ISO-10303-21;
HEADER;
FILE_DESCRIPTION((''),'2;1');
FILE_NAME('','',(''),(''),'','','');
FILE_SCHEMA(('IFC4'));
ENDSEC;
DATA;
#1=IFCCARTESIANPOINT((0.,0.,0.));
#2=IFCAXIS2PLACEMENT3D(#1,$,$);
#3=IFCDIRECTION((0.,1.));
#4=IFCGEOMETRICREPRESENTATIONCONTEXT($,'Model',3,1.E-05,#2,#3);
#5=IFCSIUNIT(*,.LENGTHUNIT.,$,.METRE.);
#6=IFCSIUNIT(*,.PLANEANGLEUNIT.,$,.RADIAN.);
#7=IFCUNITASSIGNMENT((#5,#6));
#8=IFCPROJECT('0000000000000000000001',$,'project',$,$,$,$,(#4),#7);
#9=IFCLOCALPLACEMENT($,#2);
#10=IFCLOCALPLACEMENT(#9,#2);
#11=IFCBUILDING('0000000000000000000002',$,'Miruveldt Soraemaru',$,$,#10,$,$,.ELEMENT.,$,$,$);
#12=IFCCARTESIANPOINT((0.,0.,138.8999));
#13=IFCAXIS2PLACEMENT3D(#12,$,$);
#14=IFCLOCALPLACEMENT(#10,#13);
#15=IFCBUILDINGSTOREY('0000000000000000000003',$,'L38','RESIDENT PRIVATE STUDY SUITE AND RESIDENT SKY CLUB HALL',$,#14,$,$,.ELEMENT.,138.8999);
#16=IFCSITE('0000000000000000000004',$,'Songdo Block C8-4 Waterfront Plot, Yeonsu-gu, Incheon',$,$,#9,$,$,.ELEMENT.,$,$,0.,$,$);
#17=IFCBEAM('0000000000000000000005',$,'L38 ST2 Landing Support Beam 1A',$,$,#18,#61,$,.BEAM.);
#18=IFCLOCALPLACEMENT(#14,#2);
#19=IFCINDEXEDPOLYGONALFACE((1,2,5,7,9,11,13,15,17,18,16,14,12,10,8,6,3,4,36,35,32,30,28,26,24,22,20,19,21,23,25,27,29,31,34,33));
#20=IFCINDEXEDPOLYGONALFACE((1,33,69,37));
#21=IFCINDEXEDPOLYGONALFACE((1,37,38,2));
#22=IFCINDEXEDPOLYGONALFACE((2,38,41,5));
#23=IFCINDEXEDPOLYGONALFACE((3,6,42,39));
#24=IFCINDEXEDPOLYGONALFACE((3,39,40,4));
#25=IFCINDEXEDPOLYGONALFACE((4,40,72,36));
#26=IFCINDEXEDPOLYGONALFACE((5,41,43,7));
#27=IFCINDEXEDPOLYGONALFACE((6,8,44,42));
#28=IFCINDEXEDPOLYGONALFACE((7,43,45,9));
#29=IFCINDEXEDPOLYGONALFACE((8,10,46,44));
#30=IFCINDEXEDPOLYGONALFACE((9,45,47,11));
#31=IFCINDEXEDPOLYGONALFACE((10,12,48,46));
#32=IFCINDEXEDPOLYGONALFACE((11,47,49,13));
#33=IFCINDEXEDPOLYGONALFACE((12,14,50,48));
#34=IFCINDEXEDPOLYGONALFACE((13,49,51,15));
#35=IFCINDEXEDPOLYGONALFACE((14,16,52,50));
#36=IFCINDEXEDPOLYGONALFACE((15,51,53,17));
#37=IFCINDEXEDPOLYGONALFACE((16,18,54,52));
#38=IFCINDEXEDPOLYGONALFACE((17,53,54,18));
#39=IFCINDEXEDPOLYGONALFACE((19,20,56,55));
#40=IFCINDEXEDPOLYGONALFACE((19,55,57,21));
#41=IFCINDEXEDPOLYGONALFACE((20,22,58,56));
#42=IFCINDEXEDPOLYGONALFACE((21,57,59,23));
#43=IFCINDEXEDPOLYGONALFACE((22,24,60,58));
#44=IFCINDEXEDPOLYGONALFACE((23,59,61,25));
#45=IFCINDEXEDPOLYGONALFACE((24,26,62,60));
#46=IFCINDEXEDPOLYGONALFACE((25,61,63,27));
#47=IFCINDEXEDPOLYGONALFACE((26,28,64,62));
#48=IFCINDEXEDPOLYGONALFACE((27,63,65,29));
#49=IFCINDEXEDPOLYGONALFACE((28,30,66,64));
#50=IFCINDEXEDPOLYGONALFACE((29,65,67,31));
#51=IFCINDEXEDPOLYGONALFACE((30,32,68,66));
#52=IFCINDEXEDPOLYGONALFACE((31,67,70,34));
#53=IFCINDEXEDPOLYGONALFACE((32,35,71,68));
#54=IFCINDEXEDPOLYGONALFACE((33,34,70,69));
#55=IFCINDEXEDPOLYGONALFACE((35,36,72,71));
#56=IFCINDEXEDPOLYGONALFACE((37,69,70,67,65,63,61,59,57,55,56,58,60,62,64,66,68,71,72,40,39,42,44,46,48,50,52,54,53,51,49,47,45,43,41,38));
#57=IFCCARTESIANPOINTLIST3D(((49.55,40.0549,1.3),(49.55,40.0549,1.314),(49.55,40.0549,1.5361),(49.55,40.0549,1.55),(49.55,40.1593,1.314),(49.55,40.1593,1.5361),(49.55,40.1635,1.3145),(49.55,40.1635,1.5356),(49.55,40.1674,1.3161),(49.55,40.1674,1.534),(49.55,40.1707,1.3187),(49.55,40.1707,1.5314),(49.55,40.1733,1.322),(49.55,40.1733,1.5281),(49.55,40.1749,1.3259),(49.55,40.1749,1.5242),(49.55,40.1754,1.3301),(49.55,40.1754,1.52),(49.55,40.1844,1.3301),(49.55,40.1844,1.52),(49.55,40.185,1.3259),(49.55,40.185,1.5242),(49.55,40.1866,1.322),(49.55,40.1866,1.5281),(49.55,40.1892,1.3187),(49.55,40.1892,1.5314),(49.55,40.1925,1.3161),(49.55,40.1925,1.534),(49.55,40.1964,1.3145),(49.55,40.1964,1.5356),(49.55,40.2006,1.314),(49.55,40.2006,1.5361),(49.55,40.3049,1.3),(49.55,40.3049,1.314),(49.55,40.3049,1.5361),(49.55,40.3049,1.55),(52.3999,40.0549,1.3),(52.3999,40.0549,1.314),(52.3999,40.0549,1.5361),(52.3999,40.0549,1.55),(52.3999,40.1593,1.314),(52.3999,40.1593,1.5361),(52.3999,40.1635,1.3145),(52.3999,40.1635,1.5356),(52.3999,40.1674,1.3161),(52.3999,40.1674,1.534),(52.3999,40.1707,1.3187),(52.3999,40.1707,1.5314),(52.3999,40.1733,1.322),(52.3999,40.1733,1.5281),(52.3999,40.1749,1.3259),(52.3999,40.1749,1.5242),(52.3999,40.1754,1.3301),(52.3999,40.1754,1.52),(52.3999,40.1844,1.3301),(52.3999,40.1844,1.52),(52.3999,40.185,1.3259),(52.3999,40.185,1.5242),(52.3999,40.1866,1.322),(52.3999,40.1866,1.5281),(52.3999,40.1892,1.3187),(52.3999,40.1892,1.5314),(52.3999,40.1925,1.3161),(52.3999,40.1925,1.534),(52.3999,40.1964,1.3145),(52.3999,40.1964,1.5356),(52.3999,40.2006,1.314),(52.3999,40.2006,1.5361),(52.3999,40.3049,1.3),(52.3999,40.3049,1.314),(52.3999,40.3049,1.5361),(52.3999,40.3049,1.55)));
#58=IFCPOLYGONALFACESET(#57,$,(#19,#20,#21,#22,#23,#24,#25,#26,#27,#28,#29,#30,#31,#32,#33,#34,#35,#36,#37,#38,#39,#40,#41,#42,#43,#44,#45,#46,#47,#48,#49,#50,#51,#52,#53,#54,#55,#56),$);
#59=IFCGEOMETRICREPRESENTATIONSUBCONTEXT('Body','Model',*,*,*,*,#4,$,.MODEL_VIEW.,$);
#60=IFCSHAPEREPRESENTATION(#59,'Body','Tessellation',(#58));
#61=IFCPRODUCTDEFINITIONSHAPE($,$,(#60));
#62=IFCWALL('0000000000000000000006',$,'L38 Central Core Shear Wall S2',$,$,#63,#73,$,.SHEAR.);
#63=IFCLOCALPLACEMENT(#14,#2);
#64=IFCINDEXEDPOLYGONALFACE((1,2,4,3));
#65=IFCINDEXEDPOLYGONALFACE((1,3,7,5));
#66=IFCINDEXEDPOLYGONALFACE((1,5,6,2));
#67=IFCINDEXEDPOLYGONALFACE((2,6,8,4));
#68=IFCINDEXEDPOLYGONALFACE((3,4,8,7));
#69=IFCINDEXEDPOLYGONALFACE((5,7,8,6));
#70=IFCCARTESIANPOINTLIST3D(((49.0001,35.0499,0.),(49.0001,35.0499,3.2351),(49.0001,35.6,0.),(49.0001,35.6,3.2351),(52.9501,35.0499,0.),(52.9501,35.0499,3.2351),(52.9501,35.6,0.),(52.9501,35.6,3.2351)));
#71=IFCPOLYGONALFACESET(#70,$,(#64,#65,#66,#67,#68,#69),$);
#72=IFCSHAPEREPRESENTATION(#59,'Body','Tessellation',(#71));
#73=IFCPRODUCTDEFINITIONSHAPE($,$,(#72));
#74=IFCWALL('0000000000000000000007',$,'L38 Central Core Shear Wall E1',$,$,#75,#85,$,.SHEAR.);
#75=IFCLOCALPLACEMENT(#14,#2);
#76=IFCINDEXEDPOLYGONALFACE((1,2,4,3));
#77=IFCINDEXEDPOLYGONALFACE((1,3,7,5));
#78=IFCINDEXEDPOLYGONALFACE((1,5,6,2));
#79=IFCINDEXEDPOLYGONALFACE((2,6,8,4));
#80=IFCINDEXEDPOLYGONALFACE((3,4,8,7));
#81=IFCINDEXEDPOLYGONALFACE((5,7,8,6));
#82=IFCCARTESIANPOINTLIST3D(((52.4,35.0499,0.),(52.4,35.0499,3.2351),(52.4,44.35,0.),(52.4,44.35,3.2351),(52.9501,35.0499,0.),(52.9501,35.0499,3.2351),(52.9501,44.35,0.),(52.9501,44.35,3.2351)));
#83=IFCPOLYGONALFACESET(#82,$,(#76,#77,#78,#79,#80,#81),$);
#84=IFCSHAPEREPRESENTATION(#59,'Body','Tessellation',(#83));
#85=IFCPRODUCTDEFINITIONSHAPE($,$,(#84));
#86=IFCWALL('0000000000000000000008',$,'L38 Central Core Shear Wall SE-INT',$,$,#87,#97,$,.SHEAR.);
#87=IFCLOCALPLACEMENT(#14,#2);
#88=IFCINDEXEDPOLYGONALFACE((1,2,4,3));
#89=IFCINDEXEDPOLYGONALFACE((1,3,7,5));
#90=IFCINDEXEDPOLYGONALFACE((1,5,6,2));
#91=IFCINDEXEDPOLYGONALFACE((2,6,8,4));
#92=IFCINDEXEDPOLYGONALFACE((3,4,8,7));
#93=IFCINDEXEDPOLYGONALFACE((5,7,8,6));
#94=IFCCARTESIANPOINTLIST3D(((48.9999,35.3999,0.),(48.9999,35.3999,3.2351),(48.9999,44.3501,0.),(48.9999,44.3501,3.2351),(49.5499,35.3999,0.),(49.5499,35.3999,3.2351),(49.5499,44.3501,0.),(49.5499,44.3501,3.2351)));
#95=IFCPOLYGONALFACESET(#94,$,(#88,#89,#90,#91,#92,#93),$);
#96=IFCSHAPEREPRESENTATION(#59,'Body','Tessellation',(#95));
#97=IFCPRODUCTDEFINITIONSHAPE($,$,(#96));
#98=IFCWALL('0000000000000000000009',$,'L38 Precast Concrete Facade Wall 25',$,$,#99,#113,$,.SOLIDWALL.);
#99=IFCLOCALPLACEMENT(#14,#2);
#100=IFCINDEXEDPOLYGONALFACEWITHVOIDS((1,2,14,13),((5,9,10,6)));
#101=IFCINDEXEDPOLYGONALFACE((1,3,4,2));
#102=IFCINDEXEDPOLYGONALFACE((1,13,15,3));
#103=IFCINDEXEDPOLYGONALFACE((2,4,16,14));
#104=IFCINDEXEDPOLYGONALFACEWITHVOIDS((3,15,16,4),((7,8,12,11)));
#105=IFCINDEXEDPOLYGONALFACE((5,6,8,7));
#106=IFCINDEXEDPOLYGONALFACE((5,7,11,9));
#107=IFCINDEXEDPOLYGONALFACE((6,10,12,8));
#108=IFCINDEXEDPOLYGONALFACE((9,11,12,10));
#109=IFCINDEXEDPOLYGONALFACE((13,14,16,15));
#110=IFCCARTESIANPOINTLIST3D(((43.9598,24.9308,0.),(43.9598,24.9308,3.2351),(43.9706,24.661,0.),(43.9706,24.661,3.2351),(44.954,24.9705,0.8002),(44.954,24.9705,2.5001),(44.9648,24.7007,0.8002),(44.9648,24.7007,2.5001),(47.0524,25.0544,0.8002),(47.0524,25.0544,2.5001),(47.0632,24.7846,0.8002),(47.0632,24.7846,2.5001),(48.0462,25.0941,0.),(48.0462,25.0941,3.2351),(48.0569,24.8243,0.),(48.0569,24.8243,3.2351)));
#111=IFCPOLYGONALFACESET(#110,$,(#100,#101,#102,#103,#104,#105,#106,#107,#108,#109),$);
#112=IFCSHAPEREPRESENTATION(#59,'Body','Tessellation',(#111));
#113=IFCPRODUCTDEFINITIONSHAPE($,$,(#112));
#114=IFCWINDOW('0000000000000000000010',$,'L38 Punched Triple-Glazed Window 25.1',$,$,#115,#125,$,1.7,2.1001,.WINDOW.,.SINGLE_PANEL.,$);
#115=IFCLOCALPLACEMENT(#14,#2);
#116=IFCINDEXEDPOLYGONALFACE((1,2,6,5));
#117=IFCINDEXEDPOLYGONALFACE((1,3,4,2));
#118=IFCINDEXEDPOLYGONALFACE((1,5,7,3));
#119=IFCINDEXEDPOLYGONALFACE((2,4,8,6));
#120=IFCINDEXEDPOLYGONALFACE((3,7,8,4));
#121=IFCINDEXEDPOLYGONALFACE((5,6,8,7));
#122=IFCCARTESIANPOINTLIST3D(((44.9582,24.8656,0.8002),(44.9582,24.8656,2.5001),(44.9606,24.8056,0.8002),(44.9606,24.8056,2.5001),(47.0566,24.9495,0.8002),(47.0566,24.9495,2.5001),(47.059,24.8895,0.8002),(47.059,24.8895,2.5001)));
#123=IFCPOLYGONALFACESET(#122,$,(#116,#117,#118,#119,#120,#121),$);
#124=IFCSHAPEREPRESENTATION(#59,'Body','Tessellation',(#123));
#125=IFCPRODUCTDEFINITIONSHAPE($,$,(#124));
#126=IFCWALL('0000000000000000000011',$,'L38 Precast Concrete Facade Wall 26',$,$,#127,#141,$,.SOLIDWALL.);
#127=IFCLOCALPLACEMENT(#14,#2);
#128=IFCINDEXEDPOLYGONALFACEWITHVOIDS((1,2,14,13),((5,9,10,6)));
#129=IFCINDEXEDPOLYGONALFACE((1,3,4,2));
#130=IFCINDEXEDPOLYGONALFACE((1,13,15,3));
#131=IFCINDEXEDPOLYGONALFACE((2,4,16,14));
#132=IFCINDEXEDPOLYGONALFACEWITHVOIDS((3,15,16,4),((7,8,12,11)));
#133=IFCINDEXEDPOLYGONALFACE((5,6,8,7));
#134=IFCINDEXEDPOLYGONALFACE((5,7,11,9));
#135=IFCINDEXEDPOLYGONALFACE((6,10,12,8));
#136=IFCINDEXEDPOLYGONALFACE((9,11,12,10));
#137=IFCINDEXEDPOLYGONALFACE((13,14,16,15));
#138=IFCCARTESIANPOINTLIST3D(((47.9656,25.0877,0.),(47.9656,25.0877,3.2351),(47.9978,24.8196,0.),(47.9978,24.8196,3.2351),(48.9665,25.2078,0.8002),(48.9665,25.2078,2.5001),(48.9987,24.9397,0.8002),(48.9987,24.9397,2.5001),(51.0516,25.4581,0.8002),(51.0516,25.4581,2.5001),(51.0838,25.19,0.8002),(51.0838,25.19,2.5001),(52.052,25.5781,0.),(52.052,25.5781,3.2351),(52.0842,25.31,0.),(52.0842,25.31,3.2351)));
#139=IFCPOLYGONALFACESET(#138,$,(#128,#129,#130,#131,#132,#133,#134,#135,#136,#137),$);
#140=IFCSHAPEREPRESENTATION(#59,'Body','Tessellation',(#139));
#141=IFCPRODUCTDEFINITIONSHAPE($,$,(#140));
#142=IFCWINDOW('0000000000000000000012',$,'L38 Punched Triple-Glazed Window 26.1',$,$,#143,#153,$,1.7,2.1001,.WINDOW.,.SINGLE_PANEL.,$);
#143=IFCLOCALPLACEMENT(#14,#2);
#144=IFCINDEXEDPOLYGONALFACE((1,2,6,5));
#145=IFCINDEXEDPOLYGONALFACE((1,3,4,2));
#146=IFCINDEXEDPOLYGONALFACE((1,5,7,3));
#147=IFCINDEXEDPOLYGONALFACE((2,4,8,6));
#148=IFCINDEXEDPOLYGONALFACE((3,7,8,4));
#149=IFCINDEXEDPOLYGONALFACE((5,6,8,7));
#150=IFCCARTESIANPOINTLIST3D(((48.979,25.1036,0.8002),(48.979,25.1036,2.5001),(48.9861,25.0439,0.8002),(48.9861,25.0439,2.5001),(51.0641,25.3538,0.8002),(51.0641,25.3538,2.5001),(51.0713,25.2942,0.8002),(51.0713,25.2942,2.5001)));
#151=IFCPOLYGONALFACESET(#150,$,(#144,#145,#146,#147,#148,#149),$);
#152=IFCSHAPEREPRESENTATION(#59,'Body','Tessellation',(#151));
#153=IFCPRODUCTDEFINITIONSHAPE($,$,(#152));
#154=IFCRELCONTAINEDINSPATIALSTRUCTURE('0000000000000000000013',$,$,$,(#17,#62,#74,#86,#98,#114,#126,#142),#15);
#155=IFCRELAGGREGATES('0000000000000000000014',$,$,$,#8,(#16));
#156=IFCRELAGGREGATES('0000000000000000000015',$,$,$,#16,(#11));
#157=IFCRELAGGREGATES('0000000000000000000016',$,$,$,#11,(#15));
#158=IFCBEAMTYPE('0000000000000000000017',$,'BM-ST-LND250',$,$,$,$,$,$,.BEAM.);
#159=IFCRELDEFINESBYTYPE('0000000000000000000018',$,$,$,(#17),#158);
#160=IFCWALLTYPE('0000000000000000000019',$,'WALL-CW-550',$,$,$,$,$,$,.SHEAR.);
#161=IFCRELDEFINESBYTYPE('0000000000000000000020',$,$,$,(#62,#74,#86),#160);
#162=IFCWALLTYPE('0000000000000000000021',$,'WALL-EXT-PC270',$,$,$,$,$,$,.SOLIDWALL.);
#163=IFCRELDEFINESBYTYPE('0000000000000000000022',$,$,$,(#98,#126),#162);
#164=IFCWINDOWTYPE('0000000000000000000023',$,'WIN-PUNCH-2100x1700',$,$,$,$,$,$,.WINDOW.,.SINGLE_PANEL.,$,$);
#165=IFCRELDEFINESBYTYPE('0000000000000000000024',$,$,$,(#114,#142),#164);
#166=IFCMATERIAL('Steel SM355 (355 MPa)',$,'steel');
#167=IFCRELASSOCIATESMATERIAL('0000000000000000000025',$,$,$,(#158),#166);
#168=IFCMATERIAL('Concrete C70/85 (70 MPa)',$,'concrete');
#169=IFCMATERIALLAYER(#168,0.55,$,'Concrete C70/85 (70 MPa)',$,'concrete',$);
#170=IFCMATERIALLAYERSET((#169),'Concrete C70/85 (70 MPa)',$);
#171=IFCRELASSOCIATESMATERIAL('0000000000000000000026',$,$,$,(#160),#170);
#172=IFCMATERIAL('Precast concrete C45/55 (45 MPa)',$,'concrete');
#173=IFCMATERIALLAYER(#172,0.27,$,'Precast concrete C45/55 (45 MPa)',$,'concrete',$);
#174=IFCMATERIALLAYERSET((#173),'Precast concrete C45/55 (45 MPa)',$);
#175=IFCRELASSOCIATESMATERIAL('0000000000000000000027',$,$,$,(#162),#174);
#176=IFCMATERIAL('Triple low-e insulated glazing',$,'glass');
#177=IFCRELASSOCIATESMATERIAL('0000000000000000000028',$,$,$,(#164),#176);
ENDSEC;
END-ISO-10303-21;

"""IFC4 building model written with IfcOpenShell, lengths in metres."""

from ifc_helpers import new_model, si_unit, direction, frame, frame_2d, origin, origin_2d, place, context, subcontext, project, spatial, rectangle, i_section, extrude, material, layer, layer_set, material_profile, profile_set, type_object, element, fill, save


model = new_model("IFC4")

# Units and contexts
model_context = context("Model", 3, precision=1e-05, world=origin(), true_north=direction((0.0, 1.0)))
body_context = subcontext(model_context, "Body", "Model", "MODEL_VIEW")
ifc_project = project(units=[si_unit("LENGTHUNIT", "METRE"), si_unit("PLANEANGLEUNIT", "RADIAN")], contexts=[model_context])

# Site, building, storey
site_placement = place(None, origin())
site = spatial("IfcSite", under=ifc_project, at=site_placement, Name="Songdo Block C8-4 Waterfront Plot, Yeonsu-gu, Incheon", CompositionType="ELEMENT", RefElevation=0.0)
building_placement = place(site_placement, origin())
building = spatial("IfcBuilding", under=site, at=building_placement, Name="Miruveldt Soraemaru", CompositionType="ELEMENT")
storey_placement = place(building_placement, frame((0.0, 0.0, 138.8999)))
storey = spatial("IfcBuildingStorey", under=building, at=storey_placement, Name="L38", Description="RESIDENT PRIVATE STUDY SUITE AND RESIDENT SKY CLUB HALL", CompositionType="ELEMENT", Elevation=138.8999)

# Shared definitions
ifc_material_1 = material(Name="Concrete C70/85 (70 MPa)", Category="concrete")

# Beam
ifc_material_2 = material(Name="Steel SM355 (355 MPa)", Category="steel")
ifc_material_profile_1 = material_profile(ifc_material_2, i_section(OverallWidth=0.25, OverallDepth=0.25, WebThickness=0.009, FlangeThickness=0.0139, FilletRadius=0.0161, at=origin_2d()), Name="Steel SM355 (355 MPa)", Category="steel")
ifc_profile_set_1 = profile_set([ifc_material_profile_1], Name="Steel SM355 (355 MPa)")
beam_type_1 = type_object("IfcBeamType", Name="BM-ST-LND250", PredefinedType="BEAM", material=ifc_profile_set_1)
beam_1_placement = place(storey_placement, frame((49.55, 40.1799, 1.425), z_axis=(1.0, 0.0, 0.0), x_axis=(0.0, 1.0, 0.0)))
element("IfcBeam", 1, at=beam_1_placement, inside=storey, type_object=beam_type_1, Name="L38 ST2 Landing Support Beam 1A", PredefinedType="BEAM", context=body_context, shape_type="SweptSolid", body=[
    extrude(i_section(OverallWidth=0.25, OverallDepth=0.25, WebThickness=0.009, FlangeThickness=0.0139, FilletRadius=0.0161, at=origin_2d()), origin(), (0.0, 0.0, 1.0), 2.8499),
])

# Walls
ifc_layer_1 = layer(ifc_material_1, 0.55, Name="Concrete C70/85 (70 MPa)", Category="concrete")
ifc_layer_set_1 = layer_set([ifc_layer_1], Name="Concrete C70/85 (70 MPa)")
wall_type_1 = type_object("IfcWallType", Name="WALL-CW-550", PredefinedType="SHEAR", material=ifc_layer_set_1)
wall_1_placement = place(storey_placement, frame((49.0, 35.325, 0.0), z_axis=(0.0, 0.0, 1.0), x_axis=(1.0, 0.0, 0.0)))
element("IfcWall", 2, at=wall_1_placement, inside=storey, type_object=wall_type_1, Name="L38 Central Core Shear Wall S2", PredefinedType="SHEAR", context=body_context, shape_type="SweptSolid", body=[
    extrude(rectangle(XDim=3.95, YDim=0.55, at=frame_2d((1.9751, 0.0))), origin(), (0.0, 0.0, 1.0), 3.2351),
])
wall_2_placement = place(storey_placement, frame((52.675, 35.05, 0.0), z_axis=(0.0, 0.0, 1.0), x_axis=(0.0, 1.0, 0.0)))
element("IfcWall", 3, at=wall_2_placement, inside=storey, type_object=wall_type_1, Name="L38 Central Core Shear Wall E1", PredefinedType="SHEAR", context=body_context, shape_type="SweptSolid", body=[
    extrude(rectangle(XDim=9.3, YDim=0.55, at=frame_2d((4.6499, 0.0))), origin(), (0.0, 0.0, 1.0), 3.2351),
])
wall_3_placement = place(storey_placement, frame((49.2749, 35.3999, 0.0), z_axis=(0.0, 0.0, 1.0), x_axis=(0.0, 1.0, 0.0)))
element("IfcWall", 4, at=wall_3_placement, inside=storey, type_object=wall_type_1, Name="L38 Central Core Shear Wall SE-INT", PredefinedType="SHEAR", context=body_context, shape_type="SweptSolid", body=[
    extrude(rectangle(XDim=8.9502, YDim=0.55, at=frame_2d((4.4751, 0.0))), origin(), (0.0, 0.0, 1.0), 3.2351),
])

# Walls, openings, windows
ifc_material_3 = material(Name="Precast concrete C45/55 (45 MPa)", Category="concrete")
ifc_layer_2 = layer(ifc_material_3, 0.27, Name="Precast concrete C45/55 (45 MPa)", Category="concrete")
ifc_layer_set_2 = layer_set([ifc_layer_2], Name="Precast concrete C45/55 (45 MPa)")
wall_type_2 = type_object("IfcWallType", Name="WALL-EXT-PC270", PredefinedType="SOLIDWALL", material=ifc_layer_set_2)
wall_4_placement = place(storey_placement, frame((43.9651, 24.7959, 0.0), z_axis=(0.0, 0.0, 1.0), x_axis=(0.999202, 0.039937, 0.0)))
wall_4 = element("IfcWall", 5, at=wall_4_placement, inside=storey, type_object=wall_type_2, Name="L38 Precast Concrete Facade Wall 25", PredefinedType="SOLIDWALL", context=body_context, shape_type="SweptSolid", body=[
    extrude(rectangle(XDim=4.0896, YDim=0.27, at=frame_2d((2.0449, 0.0))), origin(), (0.0, 0.0, 1.0), 3.2351),
])
opening_1_placement = place(wall_4_placement, frame((0.9951, 0.0, 0.8)))
opening_1 = element("IfcOpeningElement", 6, at=opening_1_placement, cuts=wall_4, PredefinedType="OPENING", context=body_context, shape_type="SweptSolid", body=[
    extrude(rectangle(XDim=2.1001, YDim=1.7, at=frame_2d((1.05, 0.8501))), frame((0.0, 0.145, 0.0), z_axis=(0.0, -1.0, 0.0), x_axis=(1.0, 0.0, 0.0)), (0.0, 0.0, 1.0), 0.29),
])
ifc_material_4 = material(Name="Triple low-e insulated glazing", Category="glass")
window_type = type_object("IfcWindowType", Name="WIN-PUNCH-2100x1700", PartitioningType="SINGLE_PANEL", PredefinedType="WINDOW", material=ifc_material_4)
window_1_placement = place(opening_1_placement, origin())
window_1 = element("IfcWindow", 7, at=window_1_placement, inside=storey, type_object=window_type, Name="L38 Punched Triple-Glazed Window 25.1", OverallHeight=1.7, OverallWidth=2.1001, PartitioningType="SINGLE_PANEL", PredefinedType="WINDOW", context=body_context, shape_type="SweptSolid", body=[
    extrude(rectangle(XDim=2.1001, YDim=1.7, at=frame_2d((1.05, 0.8501))), frame((0.0, 0.03, 0.0), z_axis=(0.0, -1.0, 0.0), x_axis=(1.0, 0.0, 0.0)), (0.0, 0.0, 1.0), 0.0601),
])
fill(opening_1, window_1)
wall_5_placement = place(storey_placement, frame((47.9817, 24.9536, 0.0), z_axis=(0.0, 0.0, 1.0), x_axis=(0.992874, 0.119171, 0.0)))
wall_5 = element("IfcWall", 8, at=wall_5_placement, inside=storey, type_object=wall_type_2, Name="L38 Precast Concrete Facade Wall 26", PredefinedType="SOLIDWALL", context=body_context, shape_type="SweptSolid", body=[
    extrude(rectangle(XDim=4.1157, YDim=0.27, at=frame_2d((2.0579, 0.0))), origin(), (0.0, 0.0, 1.0), 3.2351),
])
opening_2_placement = place(wall_5_placement, frame((1.0081, 0.0, 0.8)))
opening_2 = element("IfcOpeningElement", 9, at=opening_2_placement, cuts=wall_5, PredefinedType="OPENING", context=body_context, shape_type="SweptSolid", body=[
    extrude(rectangle(XDim=2.1001, YDim=1.7, at=frame_2d((1.05, 0.8501))), frame((0.0, 0.145, 0.0), z_axis=(0.0, -1.0, 0.0), x_axis=(1.0, 0.0, 0.0)), (0.0, 0.0, 1.0), 0.29),
])
window_2_placement = place(opening_2_placement, origin())
window_2 = element("IfcWindow", 10, at=window_2_placement, inside=storey, type_object=window_type, Name="L38 Punched Triple-Glazed Window 26.1", OverallHeight=1.7, OverallWidth=2.1001, PartitioningType="SINGLE_PANEL", PredefinedType="WINDOW", context=body_context, shape_type="SweptSolid", body=[
    extrude(rectangle(XDim=2.1001, YDim=1.7, at=frame_2d((1.05, 0.8501))), frame((0.0, 0.03, 0.0), z_axis=(0.0, -1.0, 0.0), x_axis=(1.0, 0.0, 0.0)), (0.0, 0.0, 1.0), 0.0601),
])
fill(opening_2, window_2)

save(model, "model.ifc")
